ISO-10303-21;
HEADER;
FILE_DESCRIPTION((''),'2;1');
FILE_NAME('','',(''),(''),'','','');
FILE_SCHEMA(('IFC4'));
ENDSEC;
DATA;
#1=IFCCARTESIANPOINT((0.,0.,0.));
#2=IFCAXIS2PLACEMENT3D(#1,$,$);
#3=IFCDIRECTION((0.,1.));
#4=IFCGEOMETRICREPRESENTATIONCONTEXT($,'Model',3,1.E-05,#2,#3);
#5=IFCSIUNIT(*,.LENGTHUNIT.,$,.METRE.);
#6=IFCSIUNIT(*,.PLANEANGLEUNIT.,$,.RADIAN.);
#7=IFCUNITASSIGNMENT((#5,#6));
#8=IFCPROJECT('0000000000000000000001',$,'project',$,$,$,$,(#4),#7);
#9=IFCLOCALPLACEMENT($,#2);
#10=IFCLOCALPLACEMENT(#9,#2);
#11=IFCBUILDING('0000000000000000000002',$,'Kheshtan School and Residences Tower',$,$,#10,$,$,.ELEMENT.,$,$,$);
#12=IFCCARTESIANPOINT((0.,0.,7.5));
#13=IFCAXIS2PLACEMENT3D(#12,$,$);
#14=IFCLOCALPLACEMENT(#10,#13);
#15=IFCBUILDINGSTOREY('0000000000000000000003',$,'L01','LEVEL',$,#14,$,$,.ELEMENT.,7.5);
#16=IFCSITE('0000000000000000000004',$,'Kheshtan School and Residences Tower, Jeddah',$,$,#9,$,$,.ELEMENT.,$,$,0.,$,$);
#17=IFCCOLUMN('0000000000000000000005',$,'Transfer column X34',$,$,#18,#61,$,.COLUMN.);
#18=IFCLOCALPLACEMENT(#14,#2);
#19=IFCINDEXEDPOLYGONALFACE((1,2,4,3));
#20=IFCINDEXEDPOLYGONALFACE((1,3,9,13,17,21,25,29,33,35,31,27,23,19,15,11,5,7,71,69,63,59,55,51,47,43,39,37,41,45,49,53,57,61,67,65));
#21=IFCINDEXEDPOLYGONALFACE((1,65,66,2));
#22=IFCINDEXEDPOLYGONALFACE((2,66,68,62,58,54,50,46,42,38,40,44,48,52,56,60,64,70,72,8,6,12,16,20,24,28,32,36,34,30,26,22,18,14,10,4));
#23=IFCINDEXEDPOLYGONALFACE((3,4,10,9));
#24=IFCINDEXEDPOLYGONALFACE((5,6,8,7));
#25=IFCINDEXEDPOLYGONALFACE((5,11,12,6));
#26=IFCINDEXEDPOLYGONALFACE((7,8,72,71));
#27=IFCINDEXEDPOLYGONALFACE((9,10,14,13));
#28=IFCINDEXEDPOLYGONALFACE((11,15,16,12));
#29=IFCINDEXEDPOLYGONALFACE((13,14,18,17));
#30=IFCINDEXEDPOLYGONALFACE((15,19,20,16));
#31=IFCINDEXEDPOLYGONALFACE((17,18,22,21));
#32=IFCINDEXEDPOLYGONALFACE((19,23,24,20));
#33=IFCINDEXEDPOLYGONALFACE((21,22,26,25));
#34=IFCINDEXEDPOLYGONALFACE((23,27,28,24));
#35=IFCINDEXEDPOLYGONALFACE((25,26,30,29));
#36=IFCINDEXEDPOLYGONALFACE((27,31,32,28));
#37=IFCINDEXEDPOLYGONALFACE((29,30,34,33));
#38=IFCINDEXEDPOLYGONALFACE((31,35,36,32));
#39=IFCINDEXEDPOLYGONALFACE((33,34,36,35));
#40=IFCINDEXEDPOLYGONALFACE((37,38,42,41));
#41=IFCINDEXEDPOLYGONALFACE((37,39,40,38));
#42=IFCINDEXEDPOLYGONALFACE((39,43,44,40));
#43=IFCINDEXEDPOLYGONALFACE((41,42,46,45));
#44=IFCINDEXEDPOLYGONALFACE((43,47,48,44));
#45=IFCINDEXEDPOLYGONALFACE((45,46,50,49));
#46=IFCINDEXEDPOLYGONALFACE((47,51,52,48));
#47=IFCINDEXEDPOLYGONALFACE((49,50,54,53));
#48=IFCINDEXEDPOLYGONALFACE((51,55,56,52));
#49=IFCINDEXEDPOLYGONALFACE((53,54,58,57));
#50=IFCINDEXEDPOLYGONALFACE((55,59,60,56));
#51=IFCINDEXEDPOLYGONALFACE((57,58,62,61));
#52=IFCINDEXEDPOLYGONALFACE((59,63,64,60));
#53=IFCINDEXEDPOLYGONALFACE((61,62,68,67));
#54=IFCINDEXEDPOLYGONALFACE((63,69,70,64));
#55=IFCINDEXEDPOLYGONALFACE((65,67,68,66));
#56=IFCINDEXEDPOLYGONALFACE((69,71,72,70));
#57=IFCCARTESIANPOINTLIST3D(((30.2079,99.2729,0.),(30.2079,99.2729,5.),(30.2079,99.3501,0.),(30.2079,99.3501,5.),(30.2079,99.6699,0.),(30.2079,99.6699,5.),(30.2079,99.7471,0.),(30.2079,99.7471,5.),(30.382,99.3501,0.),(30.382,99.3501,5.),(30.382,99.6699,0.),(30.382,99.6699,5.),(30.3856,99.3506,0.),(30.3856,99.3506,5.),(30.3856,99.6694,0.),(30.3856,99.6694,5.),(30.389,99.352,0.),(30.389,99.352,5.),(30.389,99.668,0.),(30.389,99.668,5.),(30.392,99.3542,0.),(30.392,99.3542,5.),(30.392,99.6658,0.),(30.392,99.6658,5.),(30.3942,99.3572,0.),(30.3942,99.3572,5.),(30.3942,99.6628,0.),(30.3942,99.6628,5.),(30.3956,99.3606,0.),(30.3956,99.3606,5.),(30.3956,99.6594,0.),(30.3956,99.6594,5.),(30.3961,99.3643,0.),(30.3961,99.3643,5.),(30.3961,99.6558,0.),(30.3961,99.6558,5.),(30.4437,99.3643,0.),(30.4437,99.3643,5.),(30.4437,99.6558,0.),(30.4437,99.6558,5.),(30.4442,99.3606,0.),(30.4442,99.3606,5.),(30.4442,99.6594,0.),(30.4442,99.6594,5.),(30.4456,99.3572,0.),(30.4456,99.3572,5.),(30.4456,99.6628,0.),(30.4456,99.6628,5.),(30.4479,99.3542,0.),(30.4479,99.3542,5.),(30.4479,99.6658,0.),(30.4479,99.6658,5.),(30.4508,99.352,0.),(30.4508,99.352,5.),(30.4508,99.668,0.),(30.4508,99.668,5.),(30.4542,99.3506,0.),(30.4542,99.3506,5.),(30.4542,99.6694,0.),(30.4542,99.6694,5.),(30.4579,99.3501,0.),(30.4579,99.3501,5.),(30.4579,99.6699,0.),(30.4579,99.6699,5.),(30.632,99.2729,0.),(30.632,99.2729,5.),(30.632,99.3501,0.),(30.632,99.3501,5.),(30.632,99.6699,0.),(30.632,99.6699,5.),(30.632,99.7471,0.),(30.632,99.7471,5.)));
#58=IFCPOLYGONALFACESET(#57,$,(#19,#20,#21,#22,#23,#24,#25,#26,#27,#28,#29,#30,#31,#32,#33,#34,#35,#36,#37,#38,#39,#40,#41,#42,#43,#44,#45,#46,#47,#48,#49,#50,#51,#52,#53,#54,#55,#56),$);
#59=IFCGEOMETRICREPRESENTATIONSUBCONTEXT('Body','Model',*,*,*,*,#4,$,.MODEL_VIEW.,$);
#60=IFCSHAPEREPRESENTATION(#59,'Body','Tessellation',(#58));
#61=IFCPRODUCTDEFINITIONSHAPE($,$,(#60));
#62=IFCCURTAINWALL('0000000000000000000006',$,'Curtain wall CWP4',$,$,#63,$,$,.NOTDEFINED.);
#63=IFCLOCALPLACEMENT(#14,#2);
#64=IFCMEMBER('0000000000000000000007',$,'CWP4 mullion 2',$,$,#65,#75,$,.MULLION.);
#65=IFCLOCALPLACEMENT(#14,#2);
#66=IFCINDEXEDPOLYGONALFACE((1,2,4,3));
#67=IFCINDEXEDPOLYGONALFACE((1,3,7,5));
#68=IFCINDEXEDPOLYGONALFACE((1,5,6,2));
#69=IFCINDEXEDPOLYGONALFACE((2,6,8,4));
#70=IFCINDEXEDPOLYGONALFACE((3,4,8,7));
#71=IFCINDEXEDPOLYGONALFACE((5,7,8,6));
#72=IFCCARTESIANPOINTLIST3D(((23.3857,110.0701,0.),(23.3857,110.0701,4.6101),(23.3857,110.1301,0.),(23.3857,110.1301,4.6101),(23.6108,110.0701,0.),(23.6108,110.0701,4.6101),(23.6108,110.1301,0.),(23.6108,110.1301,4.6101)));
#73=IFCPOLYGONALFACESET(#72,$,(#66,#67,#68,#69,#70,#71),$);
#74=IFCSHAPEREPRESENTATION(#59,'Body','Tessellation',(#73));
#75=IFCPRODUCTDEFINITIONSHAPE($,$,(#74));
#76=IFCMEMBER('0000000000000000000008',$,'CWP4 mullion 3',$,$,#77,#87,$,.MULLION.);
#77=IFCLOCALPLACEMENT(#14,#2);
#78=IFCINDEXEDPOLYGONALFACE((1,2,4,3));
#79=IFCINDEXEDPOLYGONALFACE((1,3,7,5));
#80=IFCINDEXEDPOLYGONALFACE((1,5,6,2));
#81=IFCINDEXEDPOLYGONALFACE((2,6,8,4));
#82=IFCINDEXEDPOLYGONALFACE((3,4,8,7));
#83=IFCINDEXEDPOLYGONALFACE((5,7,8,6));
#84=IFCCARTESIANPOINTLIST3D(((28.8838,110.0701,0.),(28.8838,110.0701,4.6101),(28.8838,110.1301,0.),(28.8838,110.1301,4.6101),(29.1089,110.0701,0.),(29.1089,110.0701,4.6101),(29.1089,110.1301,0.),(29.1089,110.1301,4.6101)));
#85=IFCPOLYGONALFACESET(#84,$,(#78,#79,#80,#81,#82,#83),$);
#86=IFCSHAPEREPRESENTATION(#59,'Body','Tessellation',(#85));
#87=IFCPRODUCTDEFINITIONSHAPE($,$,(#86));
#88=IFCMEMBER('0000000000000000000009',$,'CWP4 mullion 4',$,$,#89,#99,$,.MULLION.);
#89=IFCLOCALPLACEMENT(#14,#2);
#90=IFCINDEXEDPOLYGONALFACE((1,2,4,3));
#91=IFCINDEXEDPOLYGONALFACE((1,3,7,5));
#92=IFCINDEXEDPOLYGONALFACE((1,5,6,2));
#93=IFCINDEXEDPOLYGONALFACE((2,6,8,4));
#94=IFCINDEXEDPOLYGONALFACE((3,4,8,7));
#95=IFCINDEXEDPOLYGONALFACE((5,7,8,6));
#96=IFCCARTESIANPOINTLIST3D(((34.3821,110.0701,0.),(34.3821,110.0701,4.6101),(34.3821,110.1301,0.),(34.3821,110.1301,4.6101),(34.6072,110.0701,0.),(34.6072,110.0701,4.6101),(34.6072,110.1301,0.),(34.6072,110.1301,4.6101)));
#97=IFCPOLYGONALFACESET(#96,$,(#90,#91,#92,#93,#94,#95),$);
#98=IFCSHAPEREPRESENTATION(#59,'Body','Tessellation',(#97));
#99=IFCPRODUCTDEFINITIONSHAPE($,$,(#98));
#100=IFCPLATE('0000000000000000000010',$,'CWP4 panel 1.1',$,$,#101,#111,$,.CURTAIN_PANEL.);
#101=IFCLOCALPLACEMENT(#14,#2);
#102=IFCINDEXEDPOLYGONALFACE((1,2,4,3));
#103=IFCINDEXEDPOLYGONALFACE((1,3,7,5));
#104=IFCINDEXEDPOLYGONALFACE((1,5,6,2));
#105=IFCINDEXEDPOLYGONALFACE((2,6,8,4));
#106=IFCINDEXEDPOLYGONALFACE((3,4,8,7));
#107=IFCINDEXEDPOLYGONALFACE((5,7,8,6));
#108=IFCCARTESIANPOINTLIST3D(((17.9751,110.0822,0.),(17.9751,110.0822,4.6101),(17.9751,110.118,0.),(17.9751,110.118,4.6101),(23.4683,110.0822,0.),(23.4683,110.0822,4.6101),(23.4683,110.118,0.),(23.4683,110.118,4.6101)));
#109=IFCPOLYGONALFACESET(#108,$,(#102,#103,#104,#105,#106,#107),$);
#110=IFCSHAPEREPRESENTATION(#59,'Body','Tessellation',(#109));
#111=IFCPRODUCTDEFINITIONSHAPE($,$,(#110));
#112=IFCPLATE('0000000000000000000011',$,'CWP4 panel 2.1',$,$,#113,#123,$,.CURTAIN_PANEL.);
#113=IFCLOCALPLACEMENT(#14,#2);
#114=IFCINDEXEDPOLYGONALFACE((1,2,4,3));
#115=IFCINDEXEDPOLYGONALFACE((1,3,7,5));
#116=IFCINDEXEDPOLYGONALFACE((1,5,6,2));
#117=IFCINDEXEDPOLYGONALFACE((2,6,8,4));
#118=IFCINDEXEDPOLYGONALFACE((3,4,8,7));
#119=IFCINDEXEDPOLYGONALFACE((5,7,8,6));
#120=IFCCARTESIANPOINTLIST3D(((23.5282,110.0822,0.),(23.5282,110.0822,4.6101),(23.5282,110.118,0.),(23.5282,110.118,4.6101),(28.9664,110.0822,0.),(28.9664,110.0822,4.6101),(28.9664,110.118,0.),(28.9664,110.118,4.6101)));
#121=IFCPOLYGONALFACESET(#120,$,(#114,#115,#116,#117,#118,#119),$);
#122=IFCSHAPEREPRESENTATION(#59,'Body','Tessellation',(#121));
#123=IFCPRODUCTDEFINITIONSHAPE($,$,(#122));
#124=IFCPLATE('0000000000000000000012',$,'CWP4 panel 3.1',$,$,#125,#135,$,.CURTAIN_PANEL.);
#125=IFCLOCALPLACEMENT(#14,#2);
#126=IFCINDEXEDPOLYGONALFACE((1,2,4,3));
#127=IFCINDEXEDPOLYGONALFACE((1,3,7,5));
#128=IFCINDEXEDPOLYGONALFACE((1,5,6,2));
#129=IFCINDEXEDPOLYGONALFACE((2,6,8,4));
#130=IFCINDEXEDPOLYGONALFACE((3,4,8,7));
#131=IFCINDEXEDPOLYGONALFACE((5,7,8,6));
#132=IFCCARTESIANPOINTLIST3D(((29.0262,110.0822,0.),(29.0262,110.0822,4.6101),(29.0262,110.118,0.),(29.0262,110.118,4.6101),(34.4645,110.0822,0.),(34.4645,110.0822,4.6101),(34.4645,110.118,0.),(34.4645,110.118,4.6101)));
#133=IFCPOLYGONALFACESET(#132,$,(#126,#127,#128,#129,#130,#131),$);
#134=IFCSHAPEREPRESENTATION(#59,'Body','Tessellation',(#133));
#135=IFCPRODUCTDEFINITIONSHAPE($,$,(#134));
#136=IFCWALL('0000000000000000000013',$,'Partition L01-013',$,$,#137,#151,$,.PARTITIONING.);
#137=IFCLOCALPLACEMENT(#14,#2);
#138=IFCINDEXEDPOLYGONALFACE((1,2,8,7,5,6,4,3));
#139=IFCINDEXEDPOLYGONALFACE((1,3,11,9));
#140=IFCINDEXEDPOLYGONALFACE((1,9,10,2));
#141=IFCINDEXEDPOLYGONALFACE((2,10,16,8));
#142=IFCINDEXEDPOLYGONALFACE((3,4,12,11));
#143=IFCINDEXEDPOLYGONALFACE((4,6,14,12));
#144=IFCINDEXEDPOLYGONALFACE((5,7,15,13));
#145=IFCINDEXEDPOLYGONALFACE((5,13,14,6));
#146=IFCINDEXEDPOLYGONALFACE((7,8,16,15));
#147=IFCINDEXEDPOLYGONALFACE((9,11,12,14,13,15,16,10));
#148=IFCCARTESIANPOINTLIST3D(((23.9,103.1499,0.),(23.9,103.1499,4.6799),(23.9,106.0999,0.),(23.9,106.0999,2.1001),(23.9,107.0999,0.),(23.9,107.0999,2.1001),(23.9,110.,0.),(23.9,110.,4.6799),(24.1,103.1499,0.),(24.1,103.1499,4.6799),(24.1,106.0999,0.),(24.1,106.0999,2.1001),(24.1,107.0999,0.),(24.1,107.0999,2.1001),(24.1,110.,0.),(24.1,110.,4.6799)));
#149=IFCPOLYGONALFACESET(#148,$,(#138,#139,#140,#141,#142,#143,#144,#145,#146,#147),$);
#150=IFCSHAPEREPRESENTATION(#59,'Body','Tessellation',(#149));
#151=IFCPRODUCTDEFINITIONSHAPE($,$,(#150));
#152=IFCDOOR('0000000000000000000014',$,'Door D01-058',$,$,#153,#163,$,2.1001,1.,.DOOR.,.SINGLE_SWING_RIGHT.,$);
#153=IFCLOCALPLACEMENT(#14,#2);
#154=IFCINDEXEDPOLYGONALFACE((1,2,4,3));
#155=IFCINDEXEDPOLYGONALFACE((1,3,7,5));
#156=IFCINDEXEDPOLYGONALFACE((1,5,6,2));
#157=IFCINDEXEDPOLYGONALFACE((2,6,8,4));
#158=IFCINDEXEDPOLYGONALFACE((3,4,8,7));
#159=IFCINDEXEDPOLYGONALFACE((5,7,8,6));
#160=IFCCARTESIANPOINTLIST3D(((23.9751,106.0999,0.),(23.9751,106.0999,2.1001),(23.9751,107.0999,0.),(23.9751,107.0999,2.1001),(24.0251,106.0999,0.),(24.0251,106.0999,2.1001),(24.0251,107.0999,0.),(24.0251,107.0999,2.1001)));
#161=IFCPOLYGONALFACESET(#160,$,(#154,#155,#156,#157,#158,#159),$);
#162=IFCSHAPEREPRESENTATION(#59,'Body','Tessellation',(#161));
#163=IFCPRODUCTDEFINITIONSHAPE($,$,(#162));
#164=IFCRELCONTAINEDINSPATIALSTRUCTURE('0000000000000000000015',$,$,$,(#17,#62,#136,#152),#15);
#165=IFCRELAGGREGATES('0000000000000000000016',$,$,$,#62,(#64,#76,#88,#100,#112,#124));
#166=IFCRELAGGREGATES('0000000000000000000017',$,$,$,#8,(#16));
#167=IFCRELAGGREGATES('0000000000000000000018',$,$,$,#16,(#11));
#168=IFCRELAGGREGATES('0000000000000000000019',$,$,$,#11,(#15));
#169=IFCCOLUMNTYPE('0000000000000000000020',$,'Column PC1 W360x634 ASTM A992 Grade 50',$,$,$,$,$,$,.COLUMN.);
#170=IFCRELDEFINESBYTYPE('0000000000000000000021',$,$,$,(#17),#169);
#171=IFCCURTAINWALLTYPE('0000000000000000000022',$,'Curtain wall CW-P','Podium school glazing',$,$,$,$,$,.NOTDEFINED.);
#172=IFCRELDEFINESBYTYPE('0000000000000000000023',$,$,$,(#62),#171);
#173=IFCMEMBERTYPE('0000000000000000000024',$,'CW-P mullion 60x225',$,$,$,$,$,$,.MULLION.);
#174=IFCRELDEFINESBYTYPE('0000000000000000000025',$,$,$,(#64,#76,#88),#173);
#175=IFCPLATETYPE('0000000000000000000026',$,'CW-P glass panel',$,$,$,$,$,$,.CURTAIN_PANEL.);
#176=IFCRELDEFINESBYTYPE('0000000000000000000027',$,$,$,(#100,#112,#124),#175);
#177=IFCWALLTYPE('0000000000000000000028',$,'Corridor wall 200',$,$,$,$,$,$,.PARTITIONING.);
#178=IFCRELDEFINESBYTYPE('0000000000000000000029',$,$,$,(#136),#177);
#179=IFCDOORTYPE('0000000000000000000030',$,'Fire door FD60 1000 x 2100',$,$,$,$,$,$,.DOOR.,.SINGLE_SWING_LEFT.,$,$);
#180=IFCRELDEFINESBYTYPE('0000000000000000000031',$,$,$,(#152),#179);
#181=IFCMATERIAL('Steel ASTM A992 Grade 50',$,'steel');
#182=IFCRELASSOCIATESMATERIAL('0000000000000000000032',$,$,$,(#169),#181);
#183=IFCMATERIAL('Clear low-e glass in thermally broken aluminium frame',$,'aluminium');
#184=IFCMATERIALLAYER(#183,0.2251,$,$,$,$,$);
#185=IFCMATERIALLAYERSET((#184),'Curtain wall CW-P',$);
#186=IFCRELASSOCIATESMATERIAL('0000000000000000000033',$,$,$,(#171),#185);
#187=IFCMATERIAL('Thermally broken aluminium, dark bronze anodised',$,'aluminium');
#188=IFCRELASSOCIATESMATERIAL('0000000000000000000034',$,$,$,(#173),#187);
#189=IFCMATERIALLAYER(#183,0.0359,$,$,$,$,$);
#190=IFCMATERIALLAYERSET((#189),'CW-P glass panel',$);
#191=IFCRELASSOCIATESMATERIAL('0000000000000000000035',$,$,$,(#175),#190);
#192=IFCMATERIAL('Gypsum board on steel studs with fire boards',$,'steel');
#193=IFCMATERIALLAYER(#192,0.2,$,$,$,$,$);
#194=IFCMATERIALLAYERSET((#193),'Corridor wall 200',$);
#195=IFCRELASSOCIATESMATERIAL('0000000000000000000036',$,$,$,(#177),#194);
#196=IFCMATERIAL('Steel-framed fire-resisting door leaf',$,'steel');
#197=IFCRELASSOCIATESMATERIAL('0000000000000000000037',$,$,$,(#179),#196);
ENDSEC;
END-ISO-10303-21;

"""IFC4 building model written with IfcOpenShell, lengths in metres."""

from ifc_helpers import new_model, si_unit, direction, frame, frame_2d, origin, origin_2d, place, context, subcontext, project, spatial, rectangle, i_section, extrude, source, transform, mapped, material, layer, layer_set, material_profile, profile_set, type_object, element, fill, aggregate, save


model = new_model("IFC4")

# Units and contexts
model_context = context("Model", 3, precision=1e-05, world=origin(), true_north=direction((0.0, 1.0)))
body_context = subcontext(model_context, "Body", "Model", "MODEL_VIEW")
ifc_project = project(units=[si_unit("LENGTHUNIT", "METRE"), si_unit("PLANEANGLEUNIT", "RADIAN")], contexts=[model_context])

# Site, building, storey
site_placement = place(None, origin())
site = spatial("IfcSite", under=ifc_project, at=site_placement, Name="Kheshtan School and Residences Tower, Jeddah", CompositionType="ELEMENT", RefElevation=0.0)
building_placement = place(site_placement, origin())
building = spatial("IfcBuilding", under=site, at=building_placement, Name="Kheshtan School and Residences Tower", CompositionType="ELEMENT")
storey_placement = place(building_placement, frame((0.0, 0.0, 7.5)))
storey = spatial("IfcBuildingStorey", under=building, at=storey_placement, Name="L01", Description="LEVEL", CompositionType="ELEMENT", Elevation=7.5)

# Column
ifc_material_1 = material(Name="Steel ASTM A992 Grade 50", Category="steel")
ifc_material_profile_1 = material_profile(ifc_material_1, i_section(OverallWidth=0.4241, OverallDepth=0.4741, WebThickness=0.0476, FlangeThickness=0.0771, FilletRadius=0.0142, at=origin_2d()), Name="W360x634")
ifc_profile_set_1 = profile_set([ifc_material_profile_1], Name="Steel ASTM A992 Grade 50")
column_type = type_object("IfcColumnType", Name="Column PC1 W360x634 ASTM A992 Grade 50", PredefinedType="COLUMN", material=ifc_profile_set_1)
for number, where, z_axis, x_axis, name in (
    (1, (30.4199, 99.51, 0.0), (0.0, 0.0, 1.0), (1.0, 0.0, 0.0), "Transfer column X34"),
):
    element("IfcColumn", number, at=place(storey_placement, frame(where, z_axis=z_axis, x_axis=x_axis)), inside=storey, type_object=column_type, Name=name, PredefinedType="COLUMN", context=body_context, shape_type="SweptSolid", body=[
        extrude(i_section(OverallWidth=0.4241, OverallDepth=0.4741, WebThickness=0.0476, FlangeThickness=0.0771, FilletRadius=0.0142, at=origin_2d()), origin(), (0.0, 0.0, 1.0), 5.0),
    ])

# Curtain wall, members, plates
ifc_material_2 = material(Name="Clear low-e glass in thermally broken aluminium frame", Category="aluminium")
ifc_layer_1 = layer(ifc_material_2, 0.2251)
ifc_layer_set_1 = layer_set([ifc_layer_1], Name="Curtain wall CW-P")
curtain_wall_type = type_object("IfcCurtainWallType", Name="Curtain wall CW-P", Description="Podium school glazing", PredefinedType="NOTDEFINED", material=ifc_layer_set_1)
curtain_wall_placement = place(storey_placement, origin())
curtain_wall = element("IfcCurtainWall", 2, at=curtain_wall_placement, inside=storey, type_object=curtain_wall_type, Name="Curtain wall CWP4", PredefinedType="NOTDEFINED")
ifc_material_3 = material(Name="Thermally broken aluminium, dark bronze anodised", Category="aluminium")
ifc_material_profile_2 = material_profile(ifc_material_3, rectangle(XDim=0.0601, YDim=0.2251, at=origin_2d()), Name="CW-P mullion 60x225")
ifc_profile_set_2 = profile_set([ifc_material_profile_2], Name="Thermally broken aluminium, dark bronze anodised")
member_type = type_object("IfcMemberType", Name="CW-P mullion 60x225", PredefinedType="MULLION", material=ifc_profile_set_2)
member_1_placement = place(storey_placement, frame((23.4983, 110.1001, 0.0), z_axis=(0.0, 0.0, 1.0), x_axis=(0.0, 1.0, 0.0)))
member_1 = element("IfcMember", 3, at=member_1_placement, type_object=member_type, Name="CWP4 mullion 2", PredefinedType="MULLION", context=body_context, shape_type="SweptSolid", body=[
    extrude(rectangle(XDim=0.0601, YDim=0.2251, at=origin_2d()), origin(), (0.0, 0.0, 1.0), 4.6101),
])
member_2_placement = place(storey_placement, frame((28.9963, 110.1001, 0.0), z_axis=(0.0, 0.0, 1.0), x_axis=(0.0, 1.0, 0.0)))
member_2 = element("IfcMember", 4, at=member_2_placement, type_object=member_type, Name="CWP4 mullion 3", PredefinedType="MULLION", context=body_context, shape_type="SweptSolid", body=[
    extrude(rectangle(XDim=0.0601, YDim=0.2251, at=origin_2d()), origin(), (0.0, 0.0, 1.0), 4.6101),
])
member_3_placement = place(storey_placement, frame((34.4946, 110.1001, 0.0), z_axis=(0.0, 0.0, 1.0), x_axis=(0.0, 1.0, 0.0)))
member_3 = element("IfcMember", 5, at=member_3_placement, type_object=member_type, Name="CWP4 mullion 4", PredefinedType="MULLION", context=body_context, shape_type="SweptSolid", body=[
    extrude(rectangle(XDim=0.0601, YDim=0.2251, at=origin_2d()), origin(), (0.0, 0.0, 1.0), 4.6101),
])
ifc_layer_2 = layer(ifc_material_2, 0.0359)
ifc_layer_set_2 = layer_set([ifc_layer_2], Name="CW-P glass panel")
plate_type = type_object("IfcPlateType", Name="CW-P glass panel", PredefinedType="CURTAIN_PANEL", material=ifc_layer_set_2)
plate_1_placement = place(storey_placement, frame((20.7217, 110.1001, 0.0), z_axis=(0.0, 0.0, 1.0), x_axis=(1.0, 0.0, 0.0)))
plate_1 = element("IfcPlate", 6, at=plate_1_placement, type_object=plate_type, Name="CWP4 panel 1.1", PredefinedType="CURTAIN_PANEL", context=body_context, shape_type="SweptSolid", body=[
    extrude(rectangle(XDim=5.4932, YDim=0.0359, at=origin_2d()), origin(), (0.0, 0.0, 1.0), 4.6101),
])
plate_2_placement = place(storey_placement, frame((26.2473, 110.1001, 0.0), z_axis=(0.0, 0.0, 1.0), x_axis=(1.0, 0.0, 0.0)))
plate_2 = element("IfcPlate", 7, at=plate_2_placement, type_object=plate_type, Name="CWP4 panel 2.1", PredefinedType="CURTAIN_PANEL", context=body_context, shape_type="SweptSolid", body=[
    extrude(rectangle(XDim=5.4382, YDim=0.0359, at=origin_2d()), origin(), (0.0, 0.0, 1.0), 4.6101),
])
plate_3_placement = place(storey_placement, frame((31.7454, 110.1001, 0.0), z_axis=(0.0, 0.0, 1.0), x_axis=(1.0, 0.0, 0.0)))
plate_3 = element("IfcPlate", 8, at=plate_3_placement, type_object=plate_type, Name="CWP4 panel 3.1", PredefinedType="CURTAIN_PANEL", context=body_context, shape_type="SweptSolid", body=[
    extrude(rectangle(XDim=5.4382, YDim=0.0359, at=origin_2d()), origin(), (0.0, 0.0, 1.0), 4.6101),
])
aggregate(curtain_wall, [member_1, member_2, member_3, plate_1, plate_2, plate_3])

# Wall, opening, door
ifc_material_4 = material(Name="Gypsum board on steel studs with fire boards", Category="steel")
ifc_layer_3 = layer(ifc_material_4, 0.2)
ifc_layer_set_3 = layer_set([ifc_layer_3], Name="Corridor wall 200")
wall_type_1 = type_object("IfcWallType", Name="Corridor wall 200", PredefinedType="PARTITIONING", material=ifc_layer_set_3)
wall_1_placement = place(storey_placement, frame((24.0, 103.1499, 0.0), z_axis=(0.0, 0.0, 1.0), x_axis=(0.0, 1.0, 0.0)))
wall_1 = element("IfcWall", 9, at=wall_1_placement, inside=storey, type_object=wall_type_1, Name="Partition L01-013", PredefinedType="PARTITIONING", context=body_context, shape_type="SweptSolid", body=[
    extrude(rectangle(XDim=6.8501, YDim=0.2, at=frame_2d((3.425, 0.0))), origin(), (0.0, 0.0, 1.0), 4.6799),
])
opening_1_placement = place(wall_1_placement, frame((2.95, 0.0, 0.0)))
opening_1 = element("IfcOpeningElement", 10, at=opening_1_placement, cuts=wall_1, PredefinedType="OPENING", context=body_context, shape_type="SweptSolid", body=[
    extrude(rectangle(XDim=1.0, YDim=2.1001, at=frame_2d((0.5, 1.05))), frame((0.0, 0.1099, 0.0), z_axis=(0.0, -1.0, 0.0), x_axis=(1.0, 0.0, 0.0)), (0.0, 0.0, 1.0), 0.22),
])
ifc_material_5 = material(Name="Steel-framed fire-resisting door leaf", Category="steel")
door_type_1 = type_object("IfcDoorType", Name="Fire door FD60 1000 x 2100", OperationType="SINGLE_SWING_LEFT", PredefinedType="DOOR", material=ifc_material_5)
shared_shape_1 = source(origin(), body_context, "Body", "SweptSolid", [
    extrude(rectangle(XDim=1.0, YDim=2.1001, at=frame_2d((0.5, 1.05))), frame((0.0, 0.0249, 0.0), z_axis=(0.0, -1.0, 0.0), x_axis=(1.0, 0.0, 0.0)), (0.0, 0.0, 1.0), 0.05),
])
door_1_placement = place(opening_1_placement, origin())
door_1 = element("IfcDoor", 11, at=door_1_placement, inside=storey, type_object=door_type_1, Name="Door D01-058", OperationType="SINGLE_SWING_RIGHT", OverallHeight=2.1001, OverallWidth=1.0, PredefinedType="DOOR", context=body_context, shape_type="MappedRepresentation", body=[
    mapped(shared_shape_1, transform((0.0, 0.0, 0.0), x_axis=(1.0, 0.0, 0.0), y_axis=(0.0, 1.0, 0.0), z_axis=(0.0, 0.0, 1.0), scale=1.0)),
])
fill(opening_1, door_1)

save(model, "model.ifc")
